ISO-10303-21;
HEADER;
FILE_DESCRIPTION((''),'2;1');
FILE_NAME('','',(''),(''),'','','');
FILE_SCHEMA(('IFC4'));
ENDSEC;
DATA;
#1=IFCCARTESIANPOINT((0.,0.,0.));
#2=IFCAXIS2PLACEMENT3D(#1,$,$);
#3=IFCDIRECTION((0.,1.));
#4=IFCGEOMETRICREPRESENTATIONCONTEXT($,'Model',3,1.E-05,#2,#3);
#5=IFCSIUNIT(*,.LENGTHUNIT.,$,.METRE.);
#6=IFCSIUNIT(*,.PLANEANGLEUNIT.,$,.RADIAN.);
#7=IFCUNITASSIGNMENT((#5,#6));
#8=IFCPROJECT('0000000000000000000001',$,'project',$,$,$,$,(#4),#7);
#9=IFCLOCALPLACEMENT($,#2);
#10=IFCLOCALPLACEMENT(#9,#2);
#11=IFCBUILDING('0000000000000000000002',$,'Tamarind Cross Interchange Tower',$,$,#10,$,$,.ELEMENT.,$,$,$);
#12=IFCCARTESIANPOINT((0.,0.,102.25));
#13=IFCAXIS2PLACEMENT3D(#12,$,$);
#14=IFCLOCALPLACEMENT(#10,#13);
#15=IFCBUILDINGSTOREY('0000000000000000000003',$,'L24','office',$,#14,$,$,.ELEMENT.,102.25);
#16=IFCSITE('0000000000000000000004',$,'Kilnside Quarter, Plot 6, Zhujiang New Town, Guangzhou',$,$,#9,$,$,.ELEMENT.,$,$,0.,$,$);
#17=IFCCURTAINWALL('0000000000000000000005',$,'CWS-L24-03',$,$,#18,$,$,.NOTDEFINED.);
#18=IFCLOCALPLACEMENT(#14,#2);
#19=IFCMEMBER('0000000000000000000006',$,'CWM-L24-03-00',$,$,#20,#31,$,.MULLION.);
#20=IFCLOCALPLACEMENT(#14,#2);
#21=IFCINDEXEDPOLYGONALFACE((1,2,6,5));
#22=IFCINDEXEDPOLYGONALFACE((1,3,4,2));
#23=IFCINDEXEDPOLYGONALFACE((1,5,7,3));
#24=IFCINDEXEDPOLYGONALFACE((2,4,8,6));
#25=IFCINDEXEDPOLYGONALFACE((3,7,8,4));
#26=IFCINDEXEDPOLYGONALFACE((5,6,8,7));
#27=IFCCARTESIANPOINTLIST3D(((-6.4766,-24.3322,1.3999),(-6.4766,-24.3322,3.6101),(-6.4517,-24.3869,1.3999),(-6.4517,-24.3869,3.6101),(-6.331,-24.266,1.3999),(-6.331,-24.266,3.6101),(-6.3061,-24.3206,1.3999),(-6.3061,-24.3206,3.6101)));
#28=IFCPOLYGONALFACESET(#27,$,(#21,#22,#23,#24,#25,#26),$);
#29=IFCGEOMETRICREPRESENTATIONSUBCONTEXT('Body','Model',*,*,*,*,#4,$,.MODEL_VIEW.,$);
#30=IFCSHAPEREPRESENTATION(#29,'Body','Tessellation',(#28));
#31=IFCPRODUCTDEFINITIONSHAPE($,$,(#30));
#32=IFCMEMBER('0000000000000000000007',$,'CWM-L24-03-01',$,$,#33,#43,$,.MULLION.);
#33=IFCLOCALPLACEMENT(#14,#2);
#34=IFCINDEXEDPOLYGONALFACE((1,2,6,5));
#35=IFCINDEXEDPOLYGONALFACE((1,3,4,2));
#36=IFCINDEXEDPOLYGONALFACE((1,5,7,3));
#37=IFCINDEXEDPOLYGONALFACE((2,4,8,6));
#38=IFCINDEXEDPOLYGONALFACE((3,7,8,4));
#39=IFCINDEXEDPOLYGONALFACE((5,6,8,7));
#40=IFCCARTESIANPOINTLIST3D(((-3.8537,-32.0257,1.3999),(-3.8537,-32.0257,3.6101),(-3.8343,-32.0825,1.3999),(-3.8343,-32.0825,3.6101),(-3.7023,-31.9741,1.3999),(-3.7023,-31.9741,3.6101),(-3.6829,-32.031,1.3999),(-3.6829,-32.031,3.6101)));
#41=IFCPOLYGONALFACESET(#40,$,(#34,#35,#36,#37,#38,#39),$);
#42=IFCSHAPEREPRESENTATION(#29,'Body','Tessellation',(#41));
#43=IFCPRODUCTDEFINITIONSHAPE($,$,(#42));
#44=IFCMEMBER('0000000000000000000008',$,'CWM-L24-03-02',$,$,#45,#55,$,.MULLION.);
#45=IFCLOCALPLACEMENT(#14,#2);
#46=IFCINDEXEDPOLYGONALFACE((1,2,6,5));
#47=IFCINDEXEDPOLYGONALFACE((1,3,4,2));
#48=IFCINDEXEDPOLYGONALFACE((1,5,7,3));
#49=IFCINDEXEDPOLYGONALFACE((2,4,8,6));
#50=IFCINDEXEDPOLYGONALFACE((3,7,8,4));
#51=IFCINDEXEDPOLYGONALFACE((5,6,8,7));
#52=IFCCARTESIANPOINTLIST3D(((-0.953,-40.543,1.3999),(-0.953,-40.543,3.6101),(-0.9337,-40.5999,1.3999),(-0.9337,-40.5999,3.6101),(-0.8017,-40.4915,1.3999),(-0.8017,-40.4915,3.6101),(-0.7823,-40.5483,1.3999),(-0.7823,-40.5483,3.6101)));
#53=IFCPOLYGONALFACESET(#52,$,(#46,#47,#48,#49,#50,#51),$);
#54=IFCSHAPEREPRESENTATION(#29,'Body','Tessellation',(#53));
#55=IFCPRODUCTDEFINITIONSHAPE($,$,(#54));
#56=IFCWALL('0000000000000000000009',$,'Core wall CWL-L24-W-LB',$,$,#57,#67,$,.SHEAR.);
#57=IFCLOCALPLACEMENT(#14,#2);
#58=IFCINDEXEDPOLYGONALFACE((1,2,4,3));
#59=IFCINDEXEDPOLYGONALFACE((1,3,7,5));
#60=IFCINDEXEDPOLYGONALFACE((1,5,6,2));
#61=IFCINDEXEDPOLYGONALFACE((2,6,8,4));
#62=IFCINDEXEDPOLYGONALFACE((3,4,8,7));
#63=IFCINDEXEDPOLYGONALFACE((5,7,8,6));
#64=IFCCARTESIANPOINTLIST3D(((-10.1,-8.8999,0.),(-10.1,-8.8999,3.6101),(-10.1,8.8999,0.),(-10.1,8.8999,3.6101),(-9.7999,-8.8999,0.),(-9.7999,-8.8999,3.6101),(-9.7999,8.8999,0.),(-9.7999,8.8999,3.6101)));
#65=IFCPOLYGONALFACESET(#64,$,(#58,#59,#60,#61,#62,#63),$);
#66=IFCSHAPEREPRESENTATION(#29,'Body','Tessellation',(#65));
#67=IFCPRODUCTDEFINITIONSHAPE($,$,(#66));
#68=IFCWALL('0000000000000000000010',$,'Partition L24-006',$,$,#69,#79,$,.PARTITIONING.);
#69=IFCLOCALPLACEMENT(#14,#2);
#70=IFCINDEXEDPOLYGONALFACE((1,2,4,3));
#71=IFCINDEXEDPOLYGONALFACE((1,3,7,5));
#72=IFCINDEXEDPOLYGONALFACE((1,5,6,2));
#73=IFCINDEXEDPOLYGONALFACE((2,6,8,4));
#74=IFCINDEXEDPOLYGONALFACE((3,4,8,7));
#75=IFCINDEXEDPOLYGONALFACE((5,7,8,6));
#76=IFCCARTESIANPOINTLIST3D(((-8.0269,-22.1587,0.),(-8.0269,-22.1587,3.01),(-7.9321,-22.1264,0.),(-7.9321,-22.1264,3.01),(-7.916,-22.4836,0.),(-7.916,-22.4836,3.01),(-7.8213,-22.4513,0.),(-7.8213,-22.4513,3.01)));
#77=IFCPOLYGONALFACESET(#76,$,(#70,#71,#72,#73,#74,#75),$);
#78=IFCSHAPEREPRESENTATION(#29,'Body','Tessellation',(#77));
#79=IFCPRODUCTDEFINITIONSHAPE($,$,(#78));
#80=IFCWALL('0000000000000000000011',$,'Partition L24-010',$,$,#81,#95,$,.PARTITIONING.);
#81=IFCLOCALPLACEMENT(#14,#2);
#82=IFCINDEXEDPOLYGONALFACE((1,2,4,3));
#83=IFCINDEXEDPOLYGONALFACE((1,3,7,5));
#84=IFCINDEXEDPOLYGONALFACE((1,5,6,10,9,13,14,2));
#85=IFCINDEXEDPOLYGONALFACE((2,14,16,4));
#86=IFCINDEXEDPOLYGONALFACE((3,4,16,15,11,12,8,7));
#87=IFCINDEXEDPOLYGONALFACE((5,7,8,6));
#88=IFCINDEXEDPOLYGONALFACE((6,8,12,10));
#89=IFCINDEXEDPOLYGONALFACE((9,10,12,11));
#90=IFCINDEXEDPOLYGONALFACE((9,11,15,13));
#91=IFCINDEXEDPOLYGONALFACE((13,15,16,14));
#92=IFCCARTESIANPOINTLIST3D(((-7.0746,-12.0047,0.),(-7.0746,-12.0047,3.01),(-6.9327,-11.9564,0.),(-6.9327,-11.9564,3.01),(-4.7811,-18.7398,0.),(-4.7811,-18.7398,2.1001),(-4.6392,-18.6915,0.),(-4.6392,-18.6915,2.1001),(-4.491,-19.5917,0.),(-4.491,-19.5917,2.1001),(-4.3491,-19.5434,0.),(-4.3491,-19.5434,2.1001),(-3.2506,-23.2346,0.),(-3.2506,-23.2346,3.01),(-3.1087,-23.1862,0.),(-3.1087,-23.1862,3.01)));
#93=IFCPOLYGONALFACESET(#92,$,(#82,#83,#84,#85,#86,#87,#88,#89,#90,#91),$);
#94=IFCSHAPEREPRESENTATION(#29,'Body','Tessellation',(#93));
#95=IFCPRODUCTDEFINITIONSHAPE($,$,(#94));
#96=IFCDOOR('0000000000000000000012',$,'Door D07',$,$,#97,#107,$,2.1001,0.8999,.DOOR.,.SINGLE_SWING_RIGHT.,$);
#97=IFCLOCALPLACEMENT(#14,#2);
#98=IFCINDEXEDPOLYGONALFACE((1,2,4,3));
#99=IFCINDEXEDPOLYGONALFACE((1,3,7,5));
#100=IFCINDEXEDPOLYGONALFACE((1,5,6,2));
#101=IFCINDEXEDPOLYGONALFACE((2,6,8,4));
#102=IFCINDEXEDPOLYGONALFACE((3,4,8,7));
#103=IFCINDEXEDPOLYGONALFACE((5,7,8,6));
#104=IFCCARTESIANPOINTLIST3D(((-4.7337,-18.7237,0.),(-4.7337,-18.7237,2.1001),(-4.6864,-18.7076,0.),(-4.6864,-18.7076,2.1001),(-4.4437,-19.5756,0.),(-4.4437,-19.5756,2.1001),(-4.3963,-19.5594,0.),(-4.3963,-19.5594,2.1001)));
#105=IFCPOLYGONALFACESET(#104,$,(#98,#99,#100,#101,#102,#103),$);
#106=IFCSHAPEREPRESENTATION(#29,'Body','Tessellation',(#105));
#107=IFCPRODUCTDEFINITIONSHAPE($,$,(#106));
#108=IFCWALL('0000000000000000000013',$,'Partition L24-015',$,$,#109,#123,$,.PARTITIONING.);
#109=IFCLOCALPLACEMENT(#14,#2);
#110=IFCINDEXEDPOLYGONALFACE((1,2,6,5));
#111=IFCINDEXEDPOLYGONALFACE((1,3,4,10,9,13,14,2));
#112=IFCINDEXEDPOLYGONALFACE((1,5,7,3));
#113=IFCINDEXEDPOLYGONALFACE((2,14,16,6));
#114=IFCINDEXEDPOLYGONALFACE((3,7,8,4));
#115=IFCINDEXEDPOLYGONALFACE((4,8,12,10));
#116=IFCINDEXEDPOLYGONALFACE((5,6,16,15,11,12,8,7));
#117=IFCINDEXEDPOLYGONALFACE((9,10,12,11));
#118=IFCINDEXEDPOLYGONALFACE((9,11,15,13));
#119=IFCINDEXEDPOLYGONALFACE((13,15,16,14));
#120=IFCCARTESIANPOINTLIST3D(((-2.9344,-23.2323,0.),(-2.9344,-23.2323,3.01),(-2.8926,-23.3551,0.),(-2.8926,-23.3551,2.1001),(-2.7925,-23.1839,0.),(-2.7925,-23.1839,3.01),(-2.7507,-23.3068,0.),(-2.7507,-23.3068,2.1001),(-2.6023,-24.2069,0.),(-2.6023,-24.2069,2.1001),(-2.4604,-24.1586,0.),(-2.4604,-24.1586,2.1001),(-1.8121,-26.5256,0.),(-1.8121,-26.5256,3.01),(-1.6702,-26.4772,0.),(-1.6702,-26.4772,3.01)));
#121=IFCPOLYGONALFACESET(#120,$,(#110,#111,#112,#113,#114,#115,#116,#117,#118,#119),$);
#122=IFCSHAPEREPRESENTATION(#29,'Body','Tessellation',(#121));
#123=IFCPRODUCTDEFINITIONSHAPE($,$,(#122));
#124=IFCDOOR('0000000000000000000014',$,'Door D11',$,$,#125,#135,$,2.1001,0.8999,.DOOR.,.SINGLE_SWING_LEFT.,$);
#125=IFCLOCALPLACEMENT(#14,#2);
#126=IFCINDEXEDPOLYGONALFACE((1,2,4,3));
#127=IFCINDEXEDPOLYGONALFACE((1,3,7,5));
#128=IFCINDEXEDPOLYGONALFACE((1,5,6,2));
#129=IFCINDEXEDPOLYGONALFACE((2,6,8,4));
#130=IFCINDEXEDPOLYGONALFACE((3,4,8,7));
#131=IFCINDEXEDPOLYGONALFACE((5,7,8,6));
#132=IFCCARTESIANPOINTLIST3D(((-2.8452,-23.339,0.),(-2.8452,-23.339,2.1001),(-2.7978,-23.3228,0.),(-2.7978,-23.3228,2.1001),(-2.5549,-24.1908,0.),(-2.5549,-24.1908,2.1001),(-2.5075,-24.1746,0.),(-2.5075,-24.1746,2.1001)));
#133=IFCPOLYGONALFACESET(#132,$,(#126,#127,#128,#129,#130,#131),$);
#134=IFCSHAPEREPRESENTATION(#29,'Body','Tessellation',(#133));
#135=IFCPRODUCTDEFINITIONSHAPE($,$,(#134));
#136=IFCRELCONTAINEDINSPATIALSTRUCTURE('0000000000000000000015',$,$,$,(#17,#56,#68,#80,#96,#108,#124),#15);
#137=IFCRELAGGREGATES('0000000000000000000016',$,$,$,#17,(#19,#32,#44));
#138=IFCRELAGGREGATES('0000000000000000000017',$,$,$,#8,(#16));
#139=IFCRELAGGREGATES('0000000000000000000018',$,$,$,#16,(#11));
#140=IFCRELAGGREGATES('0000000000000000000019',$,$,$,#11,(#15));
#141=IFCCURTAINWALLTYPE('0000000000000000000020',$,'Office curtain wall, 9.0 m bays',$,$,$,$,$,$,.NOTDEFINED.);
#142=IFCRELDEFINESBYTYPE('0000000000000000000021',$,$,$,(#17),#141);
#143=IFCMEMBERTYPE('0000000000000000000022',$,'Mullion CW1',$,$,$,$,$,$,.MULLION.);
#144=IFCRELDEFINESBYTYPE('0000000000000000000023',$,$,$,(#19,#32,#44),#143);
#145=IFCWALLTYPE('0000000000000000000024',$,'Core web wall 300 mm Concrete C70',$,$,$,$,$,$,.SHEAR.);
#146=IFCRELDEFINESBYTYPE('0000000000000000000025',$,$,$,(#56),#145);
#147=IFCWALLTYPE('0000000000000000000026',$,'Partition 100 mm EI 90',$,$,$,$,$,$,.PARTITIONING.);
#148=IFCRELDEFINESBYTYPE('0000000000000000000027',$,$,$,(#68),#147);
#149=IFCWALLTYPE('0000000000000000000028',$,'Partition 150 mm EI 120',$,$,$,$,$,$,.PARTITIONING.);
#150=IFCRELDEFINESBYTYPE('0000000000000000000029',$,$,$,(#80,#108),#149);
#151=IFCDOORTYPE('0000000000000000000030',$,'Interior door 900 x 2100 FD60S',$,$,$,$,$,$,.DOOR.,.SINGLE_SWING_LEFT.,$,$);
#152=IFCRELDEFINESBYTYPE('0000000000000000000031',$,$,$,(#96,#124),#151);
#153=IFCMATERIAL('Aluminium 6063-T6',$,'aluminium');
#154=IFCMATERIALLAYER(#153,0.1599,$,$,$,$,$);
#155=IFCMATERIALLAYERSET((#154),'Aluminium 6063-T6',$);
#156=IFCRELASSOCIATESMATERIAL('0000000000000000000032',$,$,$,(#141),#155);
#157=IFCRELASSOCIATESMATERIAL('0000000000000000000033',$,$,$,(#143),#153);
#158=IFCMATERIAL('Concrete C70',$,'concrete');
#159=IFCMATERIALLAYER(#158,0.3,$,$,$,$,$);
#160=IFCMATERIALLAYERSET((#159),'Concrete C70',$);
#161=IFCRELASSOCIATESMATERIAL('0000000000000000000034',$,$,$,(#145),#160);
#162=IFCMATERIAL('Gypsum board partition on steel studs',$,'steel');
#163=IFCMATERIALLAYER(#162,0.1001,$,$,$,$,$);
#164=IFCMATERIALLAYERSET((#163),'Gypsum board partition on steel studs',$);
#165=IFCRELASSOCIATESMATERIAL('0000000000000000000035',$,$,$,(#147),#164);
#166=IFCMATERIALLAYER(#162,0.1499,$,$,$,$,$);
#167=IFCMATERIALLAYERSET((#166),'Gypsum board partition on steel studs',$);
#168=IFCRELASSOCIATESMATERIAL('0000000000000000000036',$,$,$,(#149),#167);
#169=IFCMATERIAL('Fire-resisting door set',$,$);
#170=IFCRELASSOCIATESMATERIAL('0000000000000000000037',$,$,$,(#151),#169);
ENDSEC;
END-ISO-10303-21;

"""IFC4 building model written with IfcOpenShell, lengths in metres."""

from ifc_helpers import new_model, si_unit, direction, frame, frame_2d, origin, origin_2d, place, context, subcontext, project, spatial, rectangle, extrude, material, layer, layer_set, material_profile, profile_set, type_object, element, fill, aggregate, save


model = new_model("IFC4")

# Units and contexts
model_context = context("Model", 3, precision=1e-05, world=origin(), true_north=direction((0.0, 1.0)))
body_context = subcontext(model_context, "Body", "Model", "MODEL_VIEW")
ifc_project = project(units=[si_unit("LENGTHUNIT", "METRE"), si_unit("PLANEANGLEUNIT", "RADIAN")], contexts=[model_context])

# Site, building, storey
site_placement = place(None, origin())
site = spatial("IfcSite", under=ifc_project, at=site_placement, Name="Kilnside Quarter, Plot 6, Zhujiang New Town, Guangzhou", CompositionType="ELEMENT", RefElevation=0.0)
building_placement = place(site_placement, origin())
building = spatial("IfcBuilding", under=site, at=building_placement, Name="Tamarind Cross Interchange Tower", CompositionType="ELEMENT")
storey_placement = place(building_placement, frame((0.0, 0.0, 102.25)))
storey = spatial("IfcBuildingStorey", under=building, at=storey_placement, Name="L24", Description="office", CompositionType="ELEMENT", Elevation=102.25)

# Curtain wall, members
ifc_material_1 = material(Name="Aluminium 6063-T6", Category="aluminium")
ifc_layer_1 = layer(ifc_material_1, 0.1599)
ifc_layer_set_1 = layer_set([ifc_layer_1], Name="Aluminium 6063-T6")
curtain_wall_type = type_object("IfcCurtainWallType", Name="Office curtain wall, 9.0 m bays", PredefinedType="NOTDEFINED", material=ifc_layer_set_1)
curtain_wall_placement = place(storey_placement, origin())
curtain_wall = element("IfcCurtainWall", 1, at=curtain_wall_placement, inside=storey, type_object=curtain_wall_type, Name="CWS-L24-03", PredefinedType="NOTDEFINED")
ifc_material_profile_1 = material_profile(ifc_material_1, rectangle(XDim=0.0601, YDim=0.1599, at=origin_2d()), Name="Mullion CW1")
ifc_profile_set_1 = profile_set([ifc_material_profile_1], Name="Aluminium 6063-T6")
member_type = type_object("IfcMemberType", Name="Mullion CW1", PredefinedType="MULLION", material=ifc_profile_set_1)
member_1_placement = place(storey_placement, frame((-6.3914, -24.3264, 1.3999), z_axis=(0.0, 0.0, 1.0), x_axis=(0.414246, -0.910165, 0.0)))
member_1 = element("IfcMember", 2, at=member_1_placement, type_object=member_type, Name="CWM-L24-03-00", PredefinedType="MULLION", context=body_context, shape_type="SweptSolid", body=[
    extrude(rectangle(XDim=0.0601, YDim=0.1599, at=origin_2d()), origin(), (0.0, 0.0, 1.0), 2.2102),
])
member_2_placement = place(storey_placement, frame((-3.7683, -32.0283, 1.3999), z_axis=(0.0, 0.0, 1.0), x_axis=(0.322371, -0.946613, 0.0)))
member_2 = element("IfcMember", 3, at=member_2_placement, type_object=member_type, Name="CWM-L24-03-01", PredefinedType="MULLION", context=body_context, shape_type="SweptSolid", body=[
    extrude(rectangle(XDim=0.0601, YDim=0.1599, at=origin_2d()), origin(), (0.0, 0.0, 1.0), 2.2102),
])
member_3_placement = place(storey_placement, frame((-0.8677, -40.5457, 1.3999), z_axis=(0.0, 0.0, 1.0), x_axis=(0.322371, -0.946613, 0.0)))
member_3 = element("IfcMember", 4, at=member_3_placement, type_object=member_type, Name="CWM-L24-03-02", PredefinedType="MULLION", context=body_context, shape_type="SweptSolid", body=[
    extrude(rectangle(XDim=0.0601, YDim=0.1599, at=origin_2d()), origin(), (0.0, 0.0, 1.0), 2.2102),
])
aggregate(curtain_wall, [member_1, member_2, member_3])

# Walls
ifc_material_2 = material(Name="Concrete C70", Category="concrete")
ifc_layer_2 = layer(ifc_material_2, 0.3)
ifc_layer_set_2 = layer_set([ifc_layer_2], Name="Concrete C70")
wall_type_1 = type_object("IfcWallType", Name="Core web wall 300 mm Concrete C70", PredefinedType="SHEAR", material=ifc_layer_set_2)
wall_1_placement = place(storey_placement, frame((-9.95, -8.8999, 0.0), z_axis=(0.0, 0.0, 1.0), x_axis=(0.0, 1.0, 0.0)))
element("IfcWall", 5, at=wall_1_placement, inside=storey, type_object=wall_type_1, Name="Core wall CWL-L24-W-LB", PredefinedType="SHEAR", context=body_context, shape_type="SweptSolid", body=[
    extrude(rectangle(XDim=17.7998, YDim=0.3, at=frame_2d((8.8999, 0.0))), origin(), (0.0, 0.0, 1.0), 3.6101),
])
ifc_material_3 = material(Name="Gypsum board partition on steel studs", Category="steel")
ifc_layer_3 = layer(ifc_material_3, 0.1001)
ifc_layer_set_3 = layer_set([ifc_layer_3], Name="Gypsum board partition on steel studs")
wall_type_2 = type_object("IfcWallType", Name="Partition 100 mm EI 90", PredefinedType="PARTITIONING", material=ifc_layer_set_3)
wall_2_placement = place(storey_placement, frame((-7.9795, -22.1426, 0.0), z_axis=(0.0, 0.0, 1.0), x_axis=(0.322833, -0.946456, 0.0)))
element("IfcWall", 6, at=wall_2_placement, inside=storey, type_object=wall_type_2, Name="Partition L24-006", PredefinedType="PARTITIONING", context=body_context, shape_type="SweptSolid", body=[
    extrude(rectangle(XDim=0.3433, YDim=0.1001, at=frame_2d((0.1716, 0.0))), origin(), (0.0, 0.0, 1.0), 3.01),
])

# Walls, openings, doors
ifc_layer_4 = layer(ifc_material_3, 0.1499)
ifc_layer_set_4 = layer_set([ifc_layer_4], Name="Gypsum board partition on steel studs")
wall_type_3 = type_object("IfcWallType", Name="Partition 150 mm EI 120", PredefinedType="PARTITIONING", material=ifc_layer_set_4)
wall_3_placement = place(storey_placement, frame((-7.0037, -11.9805, 0.0), z_axis=(0.0, 0.0, 1.0), x_axis=(0.322346, -0.946622, 0.0)))
wall_3 = element("IfcWall", 7, at=wall_3_placement, inside=storey, type_object=wall_type_3, Name="Partition L24-010", PredefinedType="PARTITIONING", context=body_context, shape_type="SweptSolid", body=[
    extrude(rectangle(XDim=11.863, YDim=0.1499, at=frame_2d((5.9316, 0.0))), origin(), (0.0, 0.0, 1.0), 3.01),
])
opening_1_placement = place(wall_3_placement, frame((7.115, 0.0, 0.0)))
opening_1 = element("IfcOpeningElement", 8, at=opening_1_placement, cuts=wall_3, PredefinedType="OPENING", context=body_context, shape_type="SweptSolid", body=[
    extrude(rectangle(XDim=0.8999, YDim=2.1001, at=frame_2d((0.45, 1.05))), frame((0.0, 0.085, 0.0), z_axis=(0.0, -1.0, 0.0), x_axis=(1.0, 0.0, 0.0)), (0.0, 0.0, 1.0), 0.1699),
])
ifc_material_4 = material(Name="Fire-resisting door set")
door_type_1 = type_object("IfcDoorType", Name="Interior door 900 x 2100 FD60S", OperationType="SINGLE_SWING_LEFT", PredefinedType="DOOR", material=ifc_material_4)
door_1_placement = place(opening_1_placement, frame((0.8999, 0.0, 0.0), z_axis=(0.0, 0.0, 1.0), x_axis=(-1.0, 0.0, 0.0)))
door_1 = element("IfcDoor", 9, at=door_1_placement, inside=storey, type_object=door_type_1, Name="Door D07", OperationType="SINGLE_SWING_RIGHT", OverallHeight=2.1001, OverallWidth=0.8999, PredefinedType="DOOR", context=body_context, shape_type="SweptSolid", body=[
    extrude(rectangle(XDim=0.8999, YDim=2.1001, at=frame_2d((0.45, 1.05))), frame((0.0, 0.0249, 0.0), z_axis=(0.0, -1.0, 0.0), x_axis=(1.0, 0.0, 0.0)), (0.0, 0.0, 1.0), 0.05),
])
fill(opening_1, door_1)
wall_4_placement = place(storey_placement, frame((-2.8635, -23.208, 0.0), z_axis=(0.0, 0.0, 1.0), x_axis=(0.322578, -0.946543, 0.0)))
wall_4 = element("IfcWall", 10, at=wall_4_placement, inside=storey, type_object=wall_type_3, Name="Partition L24-015", PredefinedType="PARTITIONING", context=body_context, shape_type="SweptSolid", body=[
    extrude(rectangle(XDim=3.4792, YDim=0.1499, at=frame_2d((1.7397, 0.0))), origin(), (0.0, 0.0, 1.0), 3.01),
])
opening_2_placement = place(wall_4_placement, frame((0.1299, 0.0, 0.0)))
opening_2 = element("IfcOpeningElement", 11, at=opening_2_placement, cuts=wall_4, PredefinedType="OPENING", context=body_context, shape_type="SweptSolid", body=[
    extrude(rectangle(XDim=0.8999, YDim=2.1001, at=frame_2d((0.45, 1.05))), frame((0.0, 0.085, 0.0), z_axis=(0.0, -1.0, 0.0), x_axis=(1.0, 0.0, 0.0)), (0.0, 0.0, 1.0), 0.1699),
])
door_2_placement = place(opening_2_placement, frame((0.8999, 0.0, 0.0), z_axis=(0.0, 0.0, 1.0), x_axis=(-1.0, 0.0, 0.0)))
door_2 = element("IfcDoor", 12, at=door_2_placement, inside=storey, type_object=door_type_1, Name="Door D11", OperationType="SINGLE_SWING_LEFT", OverallHeight=2.1001, OverallWidth=0.8999, PredefinedType="DOOR", context=body_context, shape_type="SweptSolid", body=[
    extrude(rectangle(XDim=0.8999, YDim=2.1001, at=frame_2d((0.45, 1.05))), frame((0.0, 0.0249, 0.0), z_axis=(0.0, -1.0, 0.0), x_axis=(1.0, 0.0, 0.0)), (0.0, 0.0, 1.0), 0.05),
])
fill(opening_2, door_2)

save(model, "model.ifc")
